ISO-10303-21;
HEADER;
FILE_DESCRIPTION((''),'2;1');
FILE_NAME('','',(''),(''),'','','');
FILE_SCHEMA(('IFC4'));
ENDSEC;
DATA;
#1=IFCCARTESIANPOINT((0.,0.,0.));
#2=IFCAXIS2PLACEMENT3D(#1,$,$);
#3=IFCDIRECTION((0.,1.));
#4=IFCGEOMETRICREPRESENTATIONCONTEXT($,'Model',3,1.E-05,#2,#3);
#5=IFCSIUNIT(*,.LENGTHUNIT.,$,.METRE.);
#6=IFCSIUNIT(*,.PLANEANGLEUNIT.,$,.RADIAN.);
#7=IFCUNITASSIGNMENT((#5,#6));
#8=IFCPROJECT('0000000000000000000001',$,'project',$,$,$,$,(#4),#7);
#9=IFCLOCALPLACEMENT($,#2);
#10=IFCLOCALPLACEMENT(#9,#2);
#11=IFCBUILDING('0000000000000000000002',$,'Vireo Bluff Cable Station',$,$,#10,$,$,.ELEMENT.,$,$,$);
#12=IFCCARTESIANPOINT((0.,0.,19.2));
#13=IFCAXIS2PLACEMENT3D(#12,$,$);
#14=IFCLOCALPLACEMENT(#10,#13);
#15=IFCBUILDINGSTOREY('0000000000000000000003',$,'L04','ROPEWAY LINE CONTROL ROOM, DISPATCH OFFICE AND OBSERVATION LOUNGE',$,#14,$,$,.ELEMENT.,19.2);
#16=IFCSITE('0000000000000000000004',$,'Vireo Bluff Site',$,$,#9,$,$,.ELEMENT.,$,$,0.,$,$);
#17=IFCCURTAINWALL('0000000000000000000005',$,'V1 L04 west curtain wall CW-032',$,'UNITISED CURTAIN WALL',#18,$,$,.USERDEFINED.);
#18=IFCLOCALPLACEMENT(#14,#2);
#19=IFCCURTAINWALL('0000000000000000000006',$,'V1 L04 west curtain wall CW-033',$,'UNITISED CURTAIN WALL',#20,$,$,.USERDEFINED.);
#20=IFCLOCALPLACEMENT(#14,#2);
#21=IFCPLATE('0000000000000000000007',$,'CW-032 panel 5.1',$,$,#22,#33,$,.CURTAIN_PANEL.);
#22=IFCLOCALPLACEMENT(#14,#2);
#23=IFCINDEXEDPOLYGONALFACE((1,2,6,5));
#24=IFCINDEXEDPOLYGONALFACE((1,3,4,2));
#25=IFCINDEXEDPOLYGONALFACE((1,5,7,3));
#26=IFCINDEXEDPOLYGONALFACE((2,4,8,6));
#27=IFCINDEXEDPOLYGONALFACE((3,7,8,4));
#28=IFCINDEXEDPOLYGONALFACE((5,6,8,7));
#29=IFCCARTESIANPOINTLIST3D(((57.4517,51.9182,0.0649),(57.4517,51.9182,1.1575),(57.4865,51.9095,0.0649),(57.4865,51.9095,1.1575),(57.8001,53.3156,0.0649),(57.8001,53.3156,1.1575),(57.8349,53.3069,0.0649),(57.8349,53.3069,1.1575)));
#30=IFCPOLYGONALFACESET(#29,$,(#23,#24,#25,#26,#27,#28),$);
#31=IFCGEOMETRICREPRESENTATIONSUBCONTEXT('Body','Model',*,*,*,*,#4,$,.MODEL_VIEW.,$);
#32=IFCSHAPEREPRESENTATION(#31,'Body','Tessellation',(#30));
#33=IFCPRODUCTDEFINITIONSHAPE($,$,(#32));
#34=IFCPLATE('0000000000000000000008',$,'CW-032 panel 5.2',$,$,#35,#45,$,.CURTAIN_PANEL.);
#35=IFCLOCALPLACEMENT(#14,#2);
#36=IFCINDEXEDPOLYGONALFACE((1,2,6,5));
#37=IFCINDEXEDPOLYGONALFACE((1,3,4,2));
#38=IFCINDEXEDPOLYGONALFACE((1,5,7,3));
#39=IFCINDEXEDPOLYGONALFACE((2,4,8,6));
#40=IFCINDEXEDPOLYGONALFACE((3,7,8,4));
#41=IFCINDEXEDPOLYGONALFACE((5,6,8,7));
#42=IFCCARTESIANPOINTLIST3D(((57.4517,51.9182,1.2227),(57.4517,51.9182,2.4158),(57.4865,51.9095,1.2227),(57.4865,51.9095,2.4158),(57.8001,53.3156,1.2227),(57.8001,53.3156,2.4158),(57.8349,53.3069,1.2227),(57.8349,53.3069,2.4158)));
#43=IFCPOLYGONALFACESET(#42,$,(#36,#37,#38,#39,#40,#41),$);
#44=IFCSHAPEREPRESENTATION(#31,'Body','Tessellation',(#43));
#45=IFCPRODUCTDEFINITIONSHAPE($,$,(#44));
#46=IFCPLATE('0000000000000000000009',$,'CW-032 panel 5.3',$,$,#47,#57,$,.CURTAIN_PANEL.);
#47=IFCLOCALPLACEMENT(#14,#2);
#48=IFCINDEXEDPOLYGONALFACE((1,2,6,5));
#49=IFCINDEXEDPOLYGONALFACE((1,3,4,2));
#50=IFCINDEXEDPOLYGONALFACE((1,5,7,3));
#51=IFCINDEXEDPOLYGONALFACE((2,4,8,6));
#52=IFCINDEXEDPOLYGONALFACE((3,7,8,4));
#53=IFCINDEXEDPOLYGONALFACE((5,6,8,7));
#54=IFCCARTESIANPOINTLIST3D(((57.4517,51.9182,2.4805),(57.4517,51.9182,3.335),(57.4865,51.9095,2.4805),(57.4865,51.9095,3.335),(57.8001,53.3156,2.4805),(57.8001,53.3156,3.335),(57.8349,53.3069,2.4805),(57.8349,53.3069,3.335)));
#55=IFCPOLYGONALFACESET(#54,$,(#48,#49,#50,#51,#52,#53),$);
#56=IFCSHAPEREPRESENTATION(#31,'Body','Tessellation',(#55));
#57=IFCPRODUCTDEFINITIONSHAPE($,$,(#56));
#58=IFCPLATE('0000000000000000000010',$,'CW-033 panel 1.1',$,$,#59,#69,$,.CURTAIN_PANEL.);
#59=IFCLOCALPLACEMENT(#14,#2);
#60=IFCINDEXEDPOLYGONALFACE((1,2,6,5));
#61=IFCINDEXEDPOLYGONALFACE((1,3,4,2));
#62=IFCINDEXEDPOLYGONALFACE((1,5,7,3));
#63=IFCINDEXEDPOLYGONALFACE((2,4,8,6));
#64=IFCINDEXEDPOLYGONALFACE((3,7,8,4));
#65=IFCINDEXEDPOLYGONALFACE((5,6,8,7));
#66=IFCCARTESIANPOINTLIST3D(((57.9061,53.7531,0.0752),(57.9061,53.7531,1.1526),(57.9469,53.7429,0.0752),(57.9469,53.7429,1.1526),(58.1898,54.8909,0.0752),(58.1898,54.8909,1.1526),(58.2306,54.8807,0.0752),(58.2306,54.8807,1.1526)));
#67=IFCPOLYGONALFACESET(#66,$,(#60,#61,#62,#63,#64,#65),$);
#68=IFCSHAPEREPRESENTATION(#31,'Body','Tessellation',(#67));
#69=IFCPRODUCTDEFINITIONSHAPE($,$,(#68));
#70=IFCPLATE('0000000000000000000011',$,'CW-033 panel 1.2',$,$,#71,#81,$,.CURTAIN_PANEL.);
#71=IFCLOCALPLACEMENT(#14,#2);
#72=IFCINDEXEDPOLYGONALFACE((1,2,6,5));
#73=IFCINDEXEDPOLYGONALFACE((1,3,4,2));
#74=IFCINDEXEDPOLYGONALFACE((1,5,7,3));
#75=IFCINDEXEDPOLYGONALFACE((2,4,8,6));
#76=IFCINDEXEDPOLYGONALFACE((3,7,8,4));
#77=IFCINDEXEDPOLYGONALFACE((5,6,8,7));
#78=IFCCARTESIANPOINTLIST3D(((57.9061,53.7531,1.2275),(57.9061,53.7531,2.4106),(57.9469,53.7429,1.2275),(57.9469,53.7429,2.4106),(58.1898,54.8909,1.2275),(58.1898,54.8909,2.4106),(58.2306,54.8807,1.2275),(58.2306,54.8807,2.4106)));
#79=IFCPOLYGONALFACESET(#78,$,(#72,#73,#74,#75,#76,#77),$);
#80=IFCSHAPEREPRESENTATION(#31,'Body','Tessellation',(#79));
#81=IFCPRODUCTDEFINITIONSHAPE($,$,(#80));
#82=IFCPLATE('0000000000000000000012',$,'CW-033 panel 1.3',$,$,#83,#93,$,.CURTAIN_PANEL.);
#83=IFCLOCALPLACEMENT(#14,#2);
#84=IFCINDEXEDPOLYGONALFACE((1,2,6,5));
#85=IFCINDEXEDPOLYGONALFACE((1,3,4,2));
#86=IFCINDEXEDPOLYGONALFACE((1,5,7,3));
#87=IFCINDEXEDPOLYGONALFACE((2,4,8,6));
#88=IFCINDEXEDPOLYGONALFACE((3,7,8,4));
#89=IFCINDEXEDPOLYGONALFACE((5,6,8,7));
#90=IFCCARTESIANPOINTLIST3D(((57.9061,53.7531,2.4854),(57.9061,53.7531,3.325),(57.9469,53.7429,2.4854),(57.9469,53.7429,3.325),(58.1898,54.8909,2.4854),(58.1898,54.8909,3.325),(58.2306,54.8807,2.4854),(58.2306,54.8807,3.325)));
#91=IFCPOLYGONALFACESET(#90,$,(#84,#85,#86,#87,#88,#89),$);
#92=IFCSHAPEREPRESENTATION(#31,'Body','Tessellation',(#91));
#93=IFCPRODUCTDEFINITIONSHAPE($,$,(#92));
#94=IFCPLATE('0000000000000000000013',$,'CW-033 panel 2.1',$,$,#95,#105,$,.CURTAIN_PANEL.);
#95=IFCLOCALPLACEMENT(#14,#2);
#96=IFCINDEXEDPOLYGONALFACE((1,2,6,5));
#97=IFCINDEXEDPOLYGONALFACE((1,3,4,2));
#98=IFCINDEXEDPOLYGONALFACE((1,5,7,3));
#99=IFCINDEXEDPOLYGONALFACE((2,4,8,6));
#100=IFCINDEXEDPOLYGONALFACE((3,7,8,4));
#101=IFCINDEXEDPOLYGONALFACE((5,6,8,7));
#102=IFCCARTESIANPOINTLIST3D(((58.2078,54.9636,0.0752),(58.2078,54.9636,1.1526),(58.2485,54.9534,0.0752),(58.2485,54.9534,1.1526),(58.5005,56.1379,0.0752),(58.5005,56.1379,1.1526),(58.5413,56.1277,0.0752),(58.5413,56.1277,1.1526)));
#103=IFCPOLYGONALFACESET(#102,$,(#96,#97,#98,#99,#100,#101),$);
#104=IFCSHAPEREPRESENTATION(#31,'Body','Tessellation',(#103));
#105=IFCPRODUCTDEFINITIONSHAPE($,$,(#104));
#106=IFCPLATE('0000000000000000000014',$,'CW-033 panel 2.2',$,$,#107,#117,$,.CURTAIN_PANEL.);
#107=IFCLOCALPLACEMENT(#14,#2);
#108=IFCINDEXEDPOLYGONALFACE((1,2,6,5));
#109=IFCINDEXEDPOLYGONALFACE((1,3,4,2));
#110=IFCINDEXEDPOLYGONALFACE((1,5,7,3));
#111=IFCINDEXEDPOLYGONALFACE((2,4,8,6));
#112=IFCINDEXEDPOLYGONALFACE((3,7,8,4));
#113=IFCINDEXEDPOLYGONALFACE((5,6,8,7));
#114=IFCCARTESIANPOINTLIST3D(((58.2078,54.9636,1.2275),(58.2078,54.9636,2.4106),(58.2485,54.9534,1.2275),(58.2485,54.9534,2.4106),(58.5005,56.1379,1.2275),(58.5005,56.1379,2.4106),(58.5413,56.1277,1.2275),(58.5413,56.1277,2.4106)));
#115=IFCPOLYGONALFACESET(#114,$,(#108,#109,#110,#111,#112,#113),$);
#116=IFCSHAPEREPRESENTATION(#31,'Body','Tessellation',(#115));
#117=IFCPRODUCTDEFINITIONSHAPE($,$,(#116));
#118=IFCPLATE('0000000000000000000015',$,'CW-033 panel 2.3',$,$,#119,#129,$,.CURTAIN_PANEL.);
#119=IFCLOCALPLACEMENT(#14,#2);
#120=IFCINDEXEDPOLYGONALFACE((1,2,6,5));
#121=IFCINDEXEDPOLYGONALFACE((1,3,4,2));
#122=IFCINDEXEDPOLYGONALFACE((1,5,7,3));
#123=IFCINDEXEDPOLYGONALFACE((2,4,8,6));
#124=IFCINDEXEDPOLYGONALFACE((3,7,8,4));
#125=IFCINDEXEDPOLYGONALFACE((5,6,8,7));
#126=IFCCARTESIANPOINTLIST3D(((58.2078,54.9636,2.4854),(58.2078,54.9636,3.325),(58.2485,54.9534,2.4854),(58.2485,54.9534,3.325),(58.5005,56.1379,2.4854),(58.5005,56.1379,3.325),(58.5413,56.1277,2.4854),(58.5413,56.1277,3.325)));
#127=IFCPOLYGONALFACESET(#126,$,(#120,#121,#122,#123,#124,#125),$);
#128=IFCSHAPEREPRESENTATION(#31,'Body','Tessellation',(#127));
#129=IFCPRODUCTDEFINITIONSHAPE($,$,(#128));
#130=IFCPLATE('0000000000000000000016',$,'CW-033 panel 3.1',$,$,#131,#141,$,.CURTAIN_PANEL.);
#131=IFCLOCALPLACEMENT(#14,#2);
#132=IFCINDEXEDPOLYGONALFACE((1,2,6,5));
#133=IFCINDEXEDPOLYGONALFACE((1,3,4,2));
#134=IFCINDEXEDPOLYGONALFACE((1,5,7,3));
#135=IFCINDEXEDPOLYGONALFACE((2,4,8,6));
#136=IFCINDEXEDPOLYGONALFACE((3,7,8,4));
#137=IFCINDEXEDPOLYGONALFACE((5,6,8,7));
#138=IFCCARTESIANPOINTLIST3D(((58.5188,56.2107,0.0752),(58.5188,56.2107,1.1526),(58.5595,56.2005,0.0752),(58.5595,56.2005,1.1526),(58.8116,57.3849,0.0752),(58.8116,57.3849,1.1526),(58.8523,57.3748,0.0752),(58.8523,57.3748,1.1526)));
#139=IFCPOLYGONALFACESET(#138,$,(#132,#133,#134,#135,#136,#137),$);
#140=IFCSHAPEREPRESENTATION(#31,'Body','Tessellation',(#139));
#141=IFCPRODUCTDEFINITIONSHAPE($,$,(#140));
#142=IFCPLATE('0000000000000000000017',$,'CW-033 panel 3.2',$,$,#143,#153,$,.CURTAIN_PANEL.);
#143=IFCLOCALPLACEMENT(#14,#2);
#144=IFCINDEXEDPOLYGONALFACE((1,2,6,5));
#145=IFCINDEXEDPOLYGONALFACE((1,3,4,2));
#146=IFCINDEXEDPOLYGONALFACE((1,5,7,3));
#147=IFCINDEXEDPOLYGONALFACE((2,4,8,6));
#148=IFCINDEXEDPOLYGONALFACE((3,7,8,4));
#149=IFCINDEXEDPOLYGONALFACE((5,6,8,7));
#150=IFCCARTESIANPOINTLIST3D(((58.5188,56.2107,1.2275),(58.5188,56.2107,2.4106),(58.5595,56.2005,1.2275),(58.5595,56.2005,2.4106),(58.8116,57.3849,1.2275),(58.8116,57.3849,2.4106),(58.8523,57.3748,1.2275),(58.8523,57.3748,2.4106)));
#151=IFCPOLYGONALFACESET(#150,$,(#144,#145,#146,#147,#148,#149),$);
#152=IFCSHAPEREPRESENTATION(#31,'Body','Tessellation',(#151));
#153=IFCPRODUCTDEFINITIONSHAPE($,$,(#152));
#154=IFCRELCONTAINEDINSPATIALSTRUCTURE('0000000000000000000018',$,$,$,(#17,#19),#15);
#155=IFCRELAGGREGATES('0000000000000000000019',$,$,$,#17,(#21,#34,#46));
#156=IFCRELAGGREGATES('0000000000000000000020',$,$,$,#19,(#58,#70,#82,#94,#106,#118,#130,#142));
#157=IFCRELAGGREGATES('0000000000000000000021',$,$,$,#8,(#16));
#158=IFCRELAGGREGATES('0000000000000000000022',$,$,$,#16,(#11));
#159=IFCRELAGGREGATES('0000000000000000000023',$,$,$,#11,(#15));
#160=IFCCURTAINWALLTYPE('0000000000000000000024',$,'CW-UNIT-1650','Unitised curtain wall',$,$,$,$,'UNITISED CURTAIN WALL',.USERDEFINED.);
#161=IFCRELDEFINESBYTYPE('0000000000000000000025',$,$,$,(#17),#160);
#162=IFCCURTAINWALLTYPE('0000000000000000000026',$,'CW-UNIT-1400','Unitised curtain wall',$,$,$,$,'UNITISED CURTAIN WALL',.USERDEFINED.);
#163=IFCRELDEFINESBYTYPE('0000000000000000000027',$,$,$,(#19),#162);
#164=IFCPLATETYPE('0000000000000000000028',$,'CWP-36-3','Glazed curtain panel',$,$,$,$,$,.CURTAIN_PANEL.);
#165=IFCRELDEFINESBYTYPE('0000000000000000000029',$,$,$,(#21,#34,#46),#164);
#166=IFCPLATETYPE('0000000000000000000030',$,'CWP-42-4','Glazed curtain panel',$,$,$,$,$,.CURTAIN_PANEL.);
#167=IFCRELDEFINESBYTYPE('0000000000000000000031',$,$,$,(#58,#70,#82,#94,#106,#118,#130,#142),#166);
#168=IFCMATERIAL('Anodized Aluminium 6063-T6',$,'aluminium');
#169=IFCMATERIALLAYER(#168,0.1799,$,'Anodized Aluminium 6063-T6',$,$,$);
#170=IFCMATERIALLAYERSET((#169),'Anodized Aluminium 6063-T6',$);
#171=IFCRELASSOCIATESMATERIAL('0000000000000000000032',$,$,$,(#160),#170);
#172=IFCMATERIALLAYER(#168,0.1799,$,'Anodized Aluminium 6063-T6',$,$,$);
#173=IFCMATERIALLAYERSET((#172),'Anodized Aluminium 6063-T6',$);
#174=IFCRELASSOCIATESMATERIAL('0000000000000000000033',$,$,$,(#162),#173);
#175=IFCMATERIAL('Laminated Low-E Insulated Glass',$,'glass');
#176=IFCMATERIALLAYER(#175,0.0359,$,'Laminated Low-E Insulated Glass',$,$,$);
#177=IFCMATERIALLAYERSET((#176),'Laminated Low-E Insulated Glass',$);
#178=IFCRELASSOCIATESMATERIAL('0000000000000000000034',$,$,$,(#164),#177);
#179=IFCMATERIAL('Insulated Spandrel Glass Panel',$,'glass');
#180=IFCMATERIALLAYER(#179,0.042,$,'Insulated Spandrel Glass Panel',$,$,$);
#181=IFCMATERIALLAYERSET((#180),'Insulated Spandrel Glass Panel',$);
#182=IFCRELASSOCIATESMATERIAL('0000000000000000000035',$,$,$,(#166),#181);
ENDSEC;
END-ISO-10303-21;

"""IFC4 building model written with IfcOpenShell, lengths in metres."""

from ifc_helpers import new_model, si_unit, direction, frame, origin, origin_2d, place, context, subcontext, project, spatial, rectangle, extrude, material, layer, layer_set, type_object, element, aggregate, save


model = new_model("IFC4")

# Units and contexts
model_context = context("Model", 3, precision=1e-05, world=origin(), true_north=direction((0.0, 1.0)))
body_context = subcontext(model_context, "Body", "Model", "MODEL_VIEW")
ifc_project = project(units=[si_unit("LENGTHUNIT", "METRE"), si_unit("PLANEANGLEUNIT", "RADIAN")], contexts=[model_context])

# Site, building, storey
site_placement = place(None, origin())
site = spatial("IfcSite", under=ifc_project, at=site_placement, Name="Vireo Bluff Site", CompositionType="ELEMENT", RefElevation=0.0)
building_placement = place(site_placement, origin())
building = spatial("IfcBuilding", under=site, at=building_placement, Name="Vireo Bluff Cable Station", CompositionType="ELEMENT")
storey_placement = place(building_placement, frame((0.0, 0.0, 19.2)))
storey = spatial("IfcBuildingStorey", under=building, at=storey_placement, Name="L04", Description="ROPEWAY LINE CONTROL ROOM, DISPATCH OFFICE AND OBSERVATION LOUNGE", CompositionType="ELEMENT", Elevation=19.2)

# Curtain wall
ifc_material_1 = material(Name="Anodized Aluminium 6063-T6", Category="aluminium")
ifc_layer_1 = layer(ifc_material_1, 0.1799, Name="Anodized Aluminium 6063-T6")
ifc_layer_set_1 = layer_set([ifc_layer_1], Name="Anodized Aluminium 6063-T6")
curtain_wall_type_1 = type_object("IfcCurtainWallType", Name="CW-UNIT-1650", Description="Unitised curtain wall", ElementType="UNITISED CURTAIN WALL", PredefinedType="USERDEFINED", material=ifc_layer_set_1)
curtain_wall_1_placement = place(storey_placement, origin())
curtain_wall_1 = element("IfcCurtainWall", 1, at=curtain_wall_1_placement, inside=storey, type_object=curtain_wall_type_1, Name="V1 L04 west curtain wall CW-032", ObjectType="UNITISED CURTAIN WALL", PredefinedType="USERDEFINED")

# Curtain wall
ifc_layer_2 = layer(ifc_material_1, 0.1799, Name="Anodized Aluminium 6063-T6")
ifc_layer_set_2 = layer_set([ifc_layer_2], Name="Anodized Aluminium 6063-T6")
curtain_wall_type_2 = type_object("IfcCurtainWallType", Name="CW-UNIT-1400", Description="Unitised curtain wall", ElementType="UNITISED CURTAIN WALL", PredefinedType="USERDEFINED", material=ifc_layer_set_2)
curtain_wall_2_placement = place(storey_placement, origin())
curtain_wall_2 = element("IfcCurtainWall", 2, at=curtain_wall_2_placement, inside=storey, type_object=curtain_wall_type_2, Name="V1 L04 west curtain wall CW-033", ObjectType="UNITISED CURTAIN WALL", PredefinedType="USERDEFINED")

# Plates
ifc_material_2 = material(Name="Laminated Low-E Insulated Glass", Category="glass")
ifc_layer_3 = layer(ifc_material_2, 0.0359, Name="Laminated Low-E Insulated Glass")
ifc_layer_set_3 = layer_set([ifc_layer_3], Name="Laminated Low-E Insulated Glass")
plate_type_1 = type_object("IfcPlateType", Name="CWP-36-3", Description="Glazed curtain panel", PredefinedType="CURTAIN_PANEL", material=ifc_layer_set_3)
plate_1_placement = place(storey_placement, frame((57.6433, 52.6125, 0.0649), z_axis=(0.0, 0.0, 1.0), x_axis=(0.241922, 0.970296, 0.0)))
plate_1 = element("IfcPlate", 3, at=plate_1_placement, type_object=plate_type_1, Name="CW-032 panel 5.1", PredefinedType="CURTAIN_PANEL", context=body_context, shape_type="SweptSolid", body=[
    extrude(rectangle(XDim=1.4402, YDim=0.0359, at=origin_2d()), origin(), (0.0, 0.0, 1.0), 1.0925),
])
plate_2_placement = place(storey_placement, frame((57.6433, 52.6125, 1.2227), z_axis=(0.0, 0.0, 1.0), x_axis=(0.241922, 0.970296, 0.0)))
plate_2 = element("IfcPlate", 4, at=plate_2_placement, type_object=plate_type_1, Name="CW-032 panel 5.2", PredefinedType="CURTAIN_PANEL", context=body_context, shape_type="SweptSolid", body=[
    extrude(rectangle(XDim=1.4402, YDim=0.0359, at=origin_2d()), origin(), (0.0, 0.0, 1.0), 1.1931),
])
plate_3_placement = place(storey_placement, frame((57.6433, 52.6125, 2.4805), z_axis=(0.0, 0.0, 1.0), x_axis=(0.241922, 0.970296, 0.0)))
plate_3 = element("IfcPlate", 5, at=plate_3_placement, type_object=plate_type_1, Name="CW-032 panel 5.3", PredefinedType="CURTAIN_PANEL", context=body_context, shape_type="SweptSolid", body=[
    extrude(rectangle(XDim=1.4402, YDim=0.0359, at=origin_2d()), origin(), (0.0, 0.0, 1.0), 0.8545),
])
aggregate(curtain_wall_1, [plate_1, plate_2, plate_3])
ifc_material_3 = material(Name="Insulated Spandrel Glass Panel", Category="glass")
ifc_layer_4 = layer(ifc_material_3, 0.042, Name="Insulated Spandrel Glass Panel")
ifc_layer_set_4 = layer_set([ifc_layer_4], Name="Insulated Spandrel Glass Panel")
plate_type_2 = type_object("IfcPlateType", Name="CWP-42-4", Description="Glazed curtain panel", PredefinedType="CURTAIN_PANEL", material=ifc_layer_set_4)
plate_4_placement = place(storey_placement, frame((58.0684, 54.3169, 0.0752), z_axis=(0.0, 0.0, 1.0), x_axis=(0.241922, 0.970296, 0.0)))
plate_4 = element("IfcPlate", 6, at=plate_4_placement, type_object=plate_type_2, Name="CW-033 panel 1.1", PredefinedType="CURTAIN_PANEL", context=body_context, shape_type="SweptSolid", body=[
    extrude(rectangle(XDim=1.1726, YDim=0.042, at=origin_2d()), origin(), (0.0, 0.0, 1.0), 1.0774),
])
plate_5_placement = place(storey_placement, frame((58.0684, 54.3169, 1.2275), z_axis=(0.0, 0.0, 1.0), x_axis=(0.241922, 0.970296, 0.0)))
plate_5 = element("IfcPlate", 7, at=plate_5_placement, type_object=plate_type_2, Name="CW-033 panel 1.2", PredefinedType="CURTAIN_PANEL", context=body_context, shape_type="SweptSolid", body=[
    extrude(rectangle(XDim=1.1726, YDim=0.042, at=origin_2d()), origin(), (0.0, 0.0, 1.0), 1.1831),
])
plate_6_placement = place(storey_placement, frame((58.0684, 54.3169, 2.4854), z_axis=(0.0, 0.0, 1.0), x_axis=(0.241922, 0.970296, 0.0)))
plate_6 = element("IfcPlate", 8, at=plate_6_placement, type_object=plate_type_2, Name="CW-033 panel 1.3", PredefinedType="CURTAIN_PANEL", context=body_context, shape_type="SweptSolid", body=[
    extrude(rectangle(XDim=1.1726, YDim=0.042, at=origin_2d()), origin(), (0.0, 0.0, 1.0), 0.8396),
])
plate_7_placement = place(storey_placement, frame((58.3745, 55.5457, 0.0752), z_axis=(0.0, 0.0, 1.0), x_axis=(0.241922, 0.970296, 0.0)))
plate_7 = element("IfcPlate", 9, at=plate_7_placement, type_object=plate_type_2, Name="CW-033 panel 2.1", PredefinedType="CURTAIN_PANEL", context=body_context, shape_type="SweptSolid", body=[
    extrude(rectangle(XDim=1.2102, YDim=0.042, at=origin_2d()), origin(), (0.0, 0.0, 1.0), 1.0774),
])
plate_8_placement = place(storey_placement, frame((58.3745, 55.5457, 1.2275), z_axis=(0.0, 0.0, 1.0), x_axis=(0.241922, 0.970296, 0.0)))
plate_8 = element("IfcPlate", 10, at=plate_8_placement, type_object=plate_type_2, Name="CW-033 panel 2.2", PredefinedType="CURTAIN_PANEL", context=body_context, shape_type="SweptSolid", body=[
    extrude(rectangle(XDim=1.2102, YDim=0.042, at=origin_2d()), origin(), (0.0, 0.0, 1.0), 1.1831),
])
plate_9_placement = place(storey_placement, frame((58.3745, 55.5457, 2.4854), z_axis=(0.0, 0.0, 1.0), x_axis=(0.241922, 0.970296, 0.0)))
plate_9 = element("IfcPlate", 11, at=plate_9_placement, type_object=plate_type_2, Name="CW-033 panel 2.3", PredefinedType="CURTAIN_PANEL", context=body_context, shape_type="SweptSolid", body=[
    extrude(rectangle(XDim=1.2102, YDim=0.042, at=origin_2d()), origin(), (0.0, 0.0, 1.0), 0.8396),
])
plate_10_placement = place(storey_placement, frame((58.6855, 56.7927, 0.0752), z_axis=(0.0, 0.0, 1.0), x_axis=(0.241922, 0.970296, 0.0)))
plate_10 = element("IfcPlate", 12, at=plate_10_placement, type_object=plate_type_2, Name="CW-033 panel 3.1", PredefinedType="CURTAIN_PANEL", context=body_context, shape_type="SweptSolid", body=[
    extrude(rectangle(XDim=1.2102, YDim=0.042, at=origin_2d()), origin(), (0.0, 0.0, 1.0), 1.0774),
])
plate_11_placement = place(storey_placement, frame((58.6855, 56.7927, 1.2275), z_axis=(0.0, 0.0, 1.0), x_axis=(0.241922, 0.970296, 0.0)))
plate_11 = element("IfcPlate", 13, at=plate_11_placement, type_object=plate_type_2, Name="CW-033 panel 3.2", PredefinedType="CURTAIN_PANEL", context=body_context, shape_type="SweptSolid", body=[
    extrude(rectangle(XDim=1.2102, YDim=0.042, at=origin_2d()), origin(), (0.0, 0.0, 1.0), 1.1831),
])
aggregate(curtain_wall_2, [plate_4, plate_5, plate_6, plate_7, plate_8, plate_9, plate_10, plate_11])

save(model, "model.ifc")
